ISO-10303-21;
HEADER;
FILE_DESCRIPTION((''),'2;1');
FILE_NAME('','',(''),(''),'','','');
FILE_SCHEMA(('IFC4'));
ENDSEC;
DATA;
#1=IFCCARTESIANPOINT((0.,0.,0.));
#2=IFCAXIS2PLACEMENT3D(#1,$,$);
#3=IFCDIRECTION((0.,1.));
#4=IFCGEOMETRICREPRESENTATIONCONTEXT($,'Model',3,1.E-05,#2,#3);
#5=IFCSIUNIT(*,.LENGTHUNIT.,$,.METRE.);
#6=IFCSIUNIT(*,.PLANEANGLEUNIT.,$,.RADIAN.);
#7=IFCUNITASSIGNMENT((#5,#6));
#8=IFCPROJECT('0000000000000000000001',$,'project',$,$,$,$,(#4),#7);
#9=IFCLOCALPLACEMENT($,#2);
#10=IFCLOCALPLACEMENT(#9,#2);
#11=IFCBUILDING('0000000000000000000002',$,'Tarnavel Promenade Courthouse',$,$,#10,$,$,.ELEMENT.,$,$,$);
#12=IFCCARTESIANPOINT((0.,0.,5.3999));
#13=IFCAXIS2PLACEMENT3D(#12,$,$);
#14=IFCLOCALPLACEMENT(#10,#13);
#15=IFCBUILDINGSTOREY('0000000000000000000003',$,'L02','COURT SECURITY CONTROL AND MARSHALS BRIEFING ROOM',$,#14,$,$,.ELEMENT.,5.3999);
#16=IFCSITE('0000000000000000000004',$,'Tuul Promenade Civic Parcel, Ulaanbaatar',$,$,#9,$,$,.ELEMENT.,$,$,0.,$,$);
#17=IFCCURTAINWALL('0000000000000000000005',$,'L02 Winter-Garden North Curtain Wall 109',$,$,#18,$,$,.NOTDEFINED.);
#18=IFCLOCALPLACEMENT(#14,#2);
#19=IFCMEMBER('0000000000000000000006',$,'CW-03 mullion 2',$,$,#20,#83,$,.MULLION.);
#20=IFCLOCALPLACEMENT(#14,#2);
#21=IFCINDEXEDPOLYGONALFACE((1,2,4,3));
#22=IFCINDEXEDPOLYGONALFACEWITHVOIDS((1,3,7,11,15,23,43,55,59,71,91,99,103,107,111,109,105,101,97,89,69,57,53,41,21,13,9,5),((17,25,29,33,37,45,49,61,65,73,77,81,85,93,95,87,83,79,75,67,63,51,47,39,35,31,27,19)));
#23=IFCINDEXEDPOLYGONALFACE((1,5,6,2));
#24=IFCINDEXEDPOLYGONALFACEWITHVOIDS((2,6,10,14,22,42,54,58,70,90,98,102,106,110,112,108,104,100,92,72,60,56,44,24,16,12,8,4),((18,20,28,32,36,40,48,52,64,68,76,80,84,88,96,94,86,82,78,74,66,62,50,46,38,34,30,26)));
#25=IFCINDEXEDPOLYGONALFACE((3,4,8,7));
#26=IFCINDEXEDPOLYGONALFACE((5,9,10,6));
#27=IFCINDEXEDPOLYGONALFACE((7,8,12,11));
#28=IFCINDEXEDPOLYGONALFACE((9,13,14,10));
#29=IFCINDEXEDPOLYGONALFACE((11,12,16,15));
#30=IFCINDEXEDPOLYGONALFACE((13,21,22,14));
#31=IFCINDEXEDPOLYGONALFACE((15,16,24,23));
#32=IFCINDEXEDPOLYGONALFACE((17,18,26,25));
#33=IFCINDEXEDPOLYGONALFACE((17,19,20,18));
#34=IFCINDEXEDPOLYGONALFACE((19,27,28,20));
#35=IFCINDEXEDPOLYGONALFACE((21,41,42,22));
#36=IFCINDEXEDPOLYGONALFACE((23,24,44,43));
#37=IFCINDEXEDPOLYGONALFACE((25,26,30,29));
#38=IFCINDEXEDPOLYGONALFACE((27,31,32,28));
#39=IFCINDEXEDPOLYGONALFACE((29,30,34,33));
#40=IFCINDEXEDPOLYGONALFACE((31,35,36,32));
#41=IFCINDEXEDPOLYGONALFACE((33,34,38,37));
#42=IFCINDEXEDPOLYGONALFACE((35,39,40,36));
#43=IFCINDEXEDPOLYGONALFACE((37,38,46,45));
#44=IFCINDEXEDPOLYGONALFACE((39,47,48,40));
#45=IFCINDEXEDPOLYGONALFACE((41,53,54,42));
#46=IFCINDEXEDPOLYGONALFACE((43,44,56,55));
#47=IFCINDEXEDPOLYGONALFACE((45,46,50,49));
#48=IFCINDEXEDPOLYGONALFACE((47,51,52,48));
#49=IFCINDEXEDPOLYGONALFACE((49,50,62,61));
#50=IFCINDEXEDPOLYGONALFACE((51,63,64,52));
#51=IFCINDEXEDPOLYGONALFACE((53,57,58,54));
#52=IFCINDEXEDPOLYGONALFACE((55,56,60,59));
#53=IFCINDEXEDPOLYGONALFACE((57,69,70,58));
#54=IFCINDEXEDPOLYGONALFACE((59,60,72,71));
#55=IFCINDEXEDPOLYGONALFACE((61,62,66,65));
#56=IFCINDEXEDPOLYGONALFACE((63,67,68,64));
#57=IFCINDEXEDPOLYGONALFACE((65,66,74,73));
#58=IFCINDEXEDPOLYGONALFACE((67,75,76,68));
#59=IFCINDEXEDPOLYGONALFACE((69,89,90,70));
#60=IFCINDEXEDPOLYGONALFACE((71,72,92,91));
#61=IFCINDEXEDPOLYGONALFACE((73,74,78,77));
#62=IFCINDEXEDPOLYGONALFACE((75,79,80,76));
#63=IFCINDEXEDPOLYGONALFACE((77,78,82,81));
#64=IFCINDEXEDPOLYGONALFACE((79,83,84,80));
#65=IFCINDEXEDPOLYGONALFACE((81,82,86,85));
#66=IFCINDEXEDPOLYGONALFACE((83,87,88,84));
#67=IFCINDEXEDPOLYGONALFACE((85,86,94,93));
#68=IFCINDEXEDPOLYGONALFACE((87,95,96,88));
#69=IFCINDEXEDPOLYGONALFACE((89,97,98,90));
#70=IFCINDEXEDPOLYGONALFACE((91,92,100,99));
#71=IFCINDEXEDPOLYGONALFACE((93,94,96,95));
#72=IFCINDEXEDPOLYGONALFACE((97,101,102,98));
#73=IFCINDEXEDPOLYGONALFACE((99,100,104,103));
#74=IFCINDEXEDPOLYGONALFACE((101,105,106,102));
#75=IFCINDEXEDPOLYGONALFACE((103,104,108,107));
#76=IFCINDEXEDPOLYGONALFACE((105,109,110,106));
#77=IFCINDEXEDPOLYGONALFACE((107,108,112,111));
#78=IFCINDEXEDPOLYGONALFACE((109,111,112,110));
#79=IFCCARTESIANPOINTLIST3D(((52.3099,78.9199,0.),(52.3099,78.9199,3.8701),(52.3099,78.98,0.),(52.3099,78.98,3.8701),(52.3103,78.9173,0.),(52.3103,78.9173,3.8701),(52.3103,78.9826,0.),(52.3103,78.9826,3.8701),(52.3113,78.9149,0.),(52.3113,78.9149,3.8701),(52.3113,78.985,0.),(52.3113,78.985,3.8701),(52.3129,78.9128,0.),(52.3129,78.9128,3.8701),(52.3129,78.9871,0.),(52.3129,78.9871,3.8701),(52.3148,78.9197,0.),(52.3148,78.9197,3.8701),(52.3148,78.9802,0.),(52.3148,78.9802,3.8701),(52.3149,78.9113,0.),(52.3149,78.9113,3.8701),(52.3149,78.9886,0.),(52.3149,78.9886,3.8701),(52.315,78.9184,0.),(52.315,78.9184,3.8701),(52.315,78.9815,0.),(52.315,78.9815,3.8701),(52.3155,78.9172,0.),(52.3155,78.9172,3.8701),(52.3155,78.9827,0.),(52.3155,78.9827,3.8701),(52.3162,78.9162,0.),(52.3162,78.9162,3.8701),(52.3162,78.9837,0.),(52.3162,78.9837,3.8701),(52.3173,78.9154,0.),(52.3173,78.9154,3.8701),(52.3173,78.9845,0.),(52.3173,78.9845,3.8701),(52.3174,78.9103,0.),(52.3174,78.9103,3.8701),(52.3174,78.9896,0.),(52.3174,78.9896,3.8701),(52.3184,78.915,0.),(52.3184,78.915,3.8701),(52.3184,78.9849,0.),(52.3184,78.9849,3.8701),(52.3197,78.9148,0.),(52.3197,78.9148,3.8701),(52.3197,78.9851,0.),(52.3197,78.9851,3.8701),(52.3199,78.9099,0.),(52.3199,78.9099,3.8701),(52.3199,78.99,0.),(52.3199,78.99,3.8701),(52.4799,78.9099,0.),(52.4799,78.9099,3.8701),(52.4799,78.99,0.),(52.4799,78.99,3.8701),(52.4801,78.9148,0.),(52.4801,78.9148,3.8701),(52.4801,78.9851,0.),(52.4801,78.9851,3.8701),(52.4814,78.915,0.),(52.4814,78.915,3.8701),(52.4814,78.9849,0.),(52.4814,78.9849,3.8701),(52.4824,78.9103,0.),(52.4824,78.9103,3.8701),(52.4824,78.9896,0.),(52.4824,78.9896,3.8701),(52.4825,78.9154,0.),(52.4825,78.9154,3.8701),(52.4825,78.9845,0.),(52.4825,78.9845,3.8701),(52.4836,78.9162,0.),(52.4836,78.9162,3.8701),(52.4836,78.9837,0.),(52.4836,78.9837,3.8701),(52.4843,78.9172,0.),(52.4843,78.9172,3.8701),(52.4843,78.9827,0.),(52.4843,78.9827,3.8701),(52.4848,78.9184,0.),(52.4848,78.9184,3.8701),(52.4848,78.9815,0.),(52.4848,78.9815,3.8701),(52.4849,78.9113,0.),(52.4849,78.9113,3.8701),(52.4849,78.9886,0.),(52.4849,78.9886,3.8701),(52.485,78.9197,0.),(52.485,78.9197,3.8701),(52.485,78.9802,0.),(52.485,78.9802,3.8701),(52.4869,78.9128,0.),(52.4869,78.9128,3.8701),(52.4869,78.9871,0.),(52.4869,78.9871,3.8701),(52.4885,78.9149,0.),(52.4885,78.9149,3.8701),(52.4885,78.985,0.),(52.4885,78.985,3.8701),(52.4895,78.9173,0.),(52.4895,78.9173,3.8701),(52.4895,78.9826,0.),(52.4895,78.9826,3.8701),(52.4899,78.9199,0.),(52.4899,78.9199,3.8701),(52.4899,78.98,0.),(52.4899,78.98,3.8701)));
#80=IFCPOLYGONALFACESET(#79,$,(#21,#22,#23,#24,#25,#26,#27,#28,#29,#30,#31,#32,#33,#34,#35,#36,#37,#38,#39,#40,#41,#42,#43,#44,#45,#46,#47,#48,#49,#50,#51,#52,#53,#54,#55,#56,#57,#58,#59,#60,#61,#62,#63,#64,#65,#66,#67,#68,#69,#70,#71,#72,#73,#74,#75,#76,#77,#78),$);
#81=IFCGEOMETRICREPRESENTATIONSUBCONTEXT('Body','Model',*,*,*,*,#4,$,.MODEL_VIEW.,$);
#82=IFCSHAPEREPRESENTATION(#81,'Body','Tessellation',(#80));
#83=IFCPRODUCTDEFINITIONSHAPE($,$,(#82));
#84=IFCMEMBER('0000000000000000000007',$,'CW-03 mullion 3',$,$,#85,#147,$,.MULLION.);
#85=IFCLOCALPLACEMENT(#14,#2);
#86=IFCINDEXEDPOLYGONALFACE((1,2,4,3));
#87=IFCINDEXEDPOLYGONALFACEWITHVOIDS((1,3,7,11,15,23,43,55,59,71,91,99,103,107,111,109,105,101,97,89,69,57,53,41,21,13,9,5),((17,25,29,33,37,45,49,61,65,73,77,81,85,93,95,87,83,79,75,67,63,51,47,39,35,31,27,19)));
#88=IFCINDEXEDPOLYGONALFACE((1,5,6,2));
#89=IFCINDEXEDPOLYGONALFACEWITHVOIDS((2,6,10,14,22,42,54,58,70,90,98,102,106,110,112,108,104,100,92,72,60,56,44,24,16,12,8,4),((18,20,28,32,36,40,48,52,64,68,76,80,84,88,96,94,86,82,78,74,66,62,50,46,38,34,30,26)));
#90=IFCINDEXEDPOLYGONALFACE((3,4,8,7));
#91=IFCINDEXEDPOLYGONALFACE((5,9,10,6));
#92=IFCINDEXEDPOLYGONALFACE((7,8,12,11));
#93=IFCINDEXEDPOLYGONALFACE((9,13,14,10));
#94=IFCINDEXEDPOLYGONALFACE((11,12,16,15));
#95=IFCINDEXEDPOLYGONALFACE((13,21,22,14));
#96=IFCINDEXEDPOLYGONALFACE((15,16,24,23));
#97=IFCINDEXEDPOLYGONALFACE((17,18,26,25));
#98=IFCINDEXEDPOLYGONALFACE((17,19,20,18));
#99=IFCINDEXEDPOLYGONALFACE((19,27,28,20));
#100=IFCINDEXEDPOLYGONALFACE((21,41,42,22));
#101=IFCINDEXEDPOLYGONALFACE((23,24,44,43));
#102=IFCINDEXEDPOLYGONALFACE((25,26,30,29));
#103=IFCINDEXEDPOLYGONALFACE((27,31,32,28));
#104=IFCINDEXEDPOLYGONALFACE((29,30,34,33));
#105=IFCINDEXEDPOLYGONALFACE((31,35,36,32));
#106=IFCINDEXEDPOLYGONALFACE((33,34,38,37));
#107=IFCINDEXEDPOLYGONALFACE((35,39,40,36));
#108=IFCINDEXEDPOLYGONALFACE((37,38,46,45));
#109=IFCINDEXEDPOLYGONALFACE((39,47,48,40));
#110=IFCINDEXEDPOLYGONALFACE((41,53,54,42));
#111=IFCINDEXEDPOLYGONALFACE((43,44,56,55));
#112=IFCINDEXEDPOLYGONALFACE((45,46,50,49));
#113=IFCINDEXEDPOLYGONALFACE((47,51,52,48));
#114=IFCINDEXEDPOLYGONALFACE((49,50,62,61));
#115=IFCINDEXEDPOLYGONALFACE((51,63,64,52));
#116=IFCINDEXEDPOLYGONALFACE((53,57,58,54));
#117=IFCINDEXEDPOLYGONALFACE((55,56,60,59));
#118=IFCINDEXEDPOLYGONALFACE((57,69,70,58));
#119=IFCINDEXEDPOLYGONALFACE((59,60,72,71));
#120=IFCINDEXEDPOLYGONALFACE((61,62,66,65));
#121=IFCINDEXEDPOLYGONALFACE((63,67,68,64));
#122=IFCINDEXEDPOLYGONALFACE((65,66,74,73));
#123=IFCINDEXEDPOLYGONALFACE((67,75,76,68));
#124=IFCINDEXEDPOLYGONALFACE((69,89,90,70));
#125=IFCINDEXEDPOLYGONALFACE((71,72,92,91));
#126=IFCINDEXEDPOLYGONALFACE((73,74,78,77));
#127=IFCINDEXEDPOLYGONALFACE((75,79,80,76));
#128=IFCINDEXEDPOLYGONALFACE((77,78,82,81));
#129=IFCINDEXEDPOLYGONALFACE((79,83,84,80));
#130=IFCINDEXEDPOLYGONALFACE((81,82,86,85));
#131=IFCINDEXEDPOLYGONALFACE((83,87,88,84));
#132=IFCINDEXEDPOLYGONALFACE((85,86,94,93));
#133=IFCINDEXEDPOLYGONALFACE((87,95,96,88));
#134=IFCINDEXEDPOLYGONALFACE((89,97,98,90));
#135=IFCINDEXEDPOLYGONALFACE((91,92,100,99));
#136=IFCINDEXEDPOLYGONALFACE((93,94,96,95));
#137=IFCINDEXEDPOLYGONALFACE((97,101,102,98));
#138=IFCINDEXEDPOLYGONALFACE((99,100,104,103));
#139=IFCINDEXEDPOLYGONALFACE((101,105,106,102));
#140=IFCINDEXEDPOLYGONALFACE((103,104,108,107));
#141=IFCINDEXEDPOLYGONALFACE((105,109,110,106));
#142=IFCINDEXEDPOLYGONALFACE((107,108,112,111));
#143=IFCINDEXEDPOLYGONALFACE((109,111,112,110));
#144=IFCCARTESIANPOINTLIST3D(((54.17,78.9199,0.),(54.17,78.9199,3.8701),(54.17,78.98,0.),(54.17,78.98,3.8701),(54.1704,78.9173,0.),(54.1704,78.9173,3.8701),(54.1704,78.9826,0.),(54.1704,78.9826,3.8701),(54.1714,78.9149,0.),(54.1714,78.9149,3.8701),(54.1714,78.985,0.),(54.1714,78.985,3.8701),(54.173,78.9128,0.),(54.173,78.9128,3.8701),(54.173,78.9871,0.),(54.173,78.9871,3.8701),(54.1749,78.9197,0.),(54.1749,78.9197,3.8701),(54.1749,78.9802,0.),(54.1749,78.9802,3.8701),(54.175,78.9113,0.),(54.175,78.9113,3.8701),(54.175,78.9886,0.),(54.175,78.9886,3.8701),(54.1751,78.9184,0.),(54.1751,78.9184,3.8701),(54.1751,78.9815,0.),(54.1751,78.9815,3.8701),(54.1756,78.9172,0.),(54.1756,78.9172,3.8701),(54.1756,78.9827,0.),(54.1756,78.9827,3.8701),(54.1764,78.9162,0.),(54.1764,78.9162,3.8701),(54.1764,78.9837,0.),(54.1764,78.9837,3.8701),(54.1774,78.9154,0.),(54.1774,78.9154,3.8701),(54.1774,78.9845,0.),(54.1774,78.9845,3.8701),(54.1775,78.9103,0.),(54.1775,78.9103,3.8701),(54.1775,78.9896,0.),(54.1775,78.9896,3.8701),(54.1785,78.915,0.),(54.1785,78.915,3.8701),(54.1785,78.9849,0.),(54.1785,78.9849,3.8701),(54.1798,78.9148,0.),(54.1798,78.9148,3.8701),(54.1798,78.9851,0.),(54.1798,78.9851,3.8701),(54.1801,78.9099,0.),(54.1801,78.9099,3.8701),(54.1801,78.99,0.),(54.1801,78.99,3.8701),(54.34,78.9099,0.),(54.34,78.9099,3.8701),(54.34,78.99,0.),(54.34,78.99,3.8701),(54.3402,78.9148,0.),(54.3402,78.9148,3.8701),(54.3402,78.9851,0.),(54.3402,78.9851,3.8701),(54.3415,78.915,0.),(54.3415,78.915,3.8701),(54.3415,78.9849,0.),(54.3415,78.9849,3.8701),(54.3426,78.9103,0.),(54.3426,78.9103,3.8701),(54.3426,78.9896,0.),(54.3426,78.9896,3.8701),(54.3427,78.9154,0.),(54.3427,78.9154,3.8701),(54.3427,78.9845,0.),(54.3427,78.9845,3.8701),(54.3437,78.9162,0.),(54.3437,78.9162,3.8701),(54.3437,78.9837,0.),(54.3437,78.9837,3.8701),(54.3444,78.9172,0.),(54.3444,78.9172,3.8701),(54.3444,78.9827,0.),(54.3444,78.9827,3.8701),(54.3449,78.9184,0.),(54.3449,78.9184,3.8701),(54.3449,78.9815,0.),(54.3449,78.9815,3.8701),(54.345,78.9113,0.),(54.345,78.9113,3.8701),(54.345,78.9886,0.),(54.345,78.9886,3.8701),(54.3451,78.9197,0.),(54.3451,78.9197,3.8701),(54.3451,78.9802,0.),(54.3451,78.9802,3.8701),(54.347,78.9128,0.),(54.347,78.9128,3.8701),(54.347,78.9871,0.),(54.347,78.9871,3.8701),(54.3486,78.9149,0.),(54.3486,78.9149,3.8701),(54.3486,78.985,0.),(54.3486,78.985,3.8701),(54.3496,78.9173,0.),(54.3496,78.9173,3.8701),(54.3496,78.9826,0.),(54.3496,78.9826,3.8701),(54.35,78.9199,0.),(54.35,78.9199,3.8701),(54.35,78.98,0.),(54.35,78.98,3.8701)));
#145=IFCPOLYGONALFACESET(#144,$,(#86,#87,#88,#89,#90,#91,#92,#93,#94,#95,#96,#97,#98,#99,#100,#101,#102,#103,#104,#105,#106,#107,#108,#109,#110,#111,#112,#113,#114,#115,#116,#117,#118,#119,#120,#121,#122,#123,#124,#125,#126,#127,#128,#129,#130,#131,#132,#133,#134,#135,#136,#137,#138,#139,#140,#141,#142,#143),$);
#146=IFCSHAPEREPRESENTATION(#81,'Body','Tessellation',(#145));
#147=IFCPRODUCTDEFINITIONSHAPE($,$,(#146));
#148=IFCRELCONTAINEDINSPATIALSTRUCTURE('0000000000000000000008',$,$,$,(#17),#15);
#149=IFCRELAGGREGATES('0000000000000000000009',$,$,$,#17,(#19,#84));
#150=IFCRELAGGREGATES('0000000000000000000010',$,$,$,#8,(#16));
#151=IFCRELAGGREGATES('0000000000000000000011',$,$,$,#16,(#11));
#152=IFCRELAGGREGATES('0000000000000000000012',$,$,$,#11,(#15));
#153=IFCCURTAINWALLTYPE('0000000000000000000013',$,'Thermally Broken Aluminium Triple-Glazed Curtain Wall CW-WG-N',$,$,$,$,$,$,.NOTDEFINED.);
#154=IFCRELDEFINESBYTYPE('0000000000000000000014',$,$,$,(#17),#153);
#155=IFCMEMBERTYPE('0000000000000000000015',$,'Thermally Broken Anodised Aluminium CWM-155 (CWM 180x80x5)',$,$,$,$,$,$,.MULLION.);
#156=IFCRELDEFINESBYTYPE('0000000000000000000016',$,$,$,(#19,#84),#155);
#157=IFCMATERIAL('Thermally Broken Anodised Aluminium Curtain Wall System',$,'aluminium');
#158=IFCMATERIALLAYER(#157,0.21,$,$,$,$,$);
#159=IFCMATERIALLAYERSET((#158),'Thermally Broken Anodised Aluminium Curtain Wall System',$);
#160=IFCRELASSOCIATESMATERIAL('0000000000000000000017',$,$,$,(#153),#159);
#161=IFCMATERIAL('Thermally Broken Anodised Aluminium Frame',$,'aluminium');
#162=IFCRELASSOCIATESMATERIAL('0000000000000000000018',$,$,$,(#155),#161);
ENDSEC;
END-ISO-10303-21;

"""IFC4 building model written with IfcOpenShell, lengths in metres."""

from ifc_helpers import new_model, si_unit, direction, frame, origin, origin_2d, place, context, subcontext, project, spatial, hollow_rectangle, extrude, material, layer, layer_set, material_profile, profile_set, type_object, element, aggregate, save


model = new_model("IFC4")

# Units and contexts
model_context = context("Model", 3, precision=1e-05, world=origin(), true_north=direction((0.0, 1.0)))
body_context = subcontext(model_context, "Body", "Model", "MODEL_VIEW")
ifc_project = project(units=[si_unit("LENGTHUNIT", "METRE"), si_unit("PLANEANGLEUNIT", "RADIAN")], contexts=[model_context])

# Site, building, storey
site_placement = place(None, origin())
site = spatial("IfcSite", under=ifc_project, at=site_placement, Name="Tuul Promenade Civic Parcel, Ulaanbaatar", CompositionType="ELEMENT", RefElevation=0.0)
building_placement = place(site_placement, origin())
building = spatial("IfcBuilding", under=site, at=building_placement, Name="Tarnavel Promenade Courthouse", CompositionType="ELEMENT")
storey_placement = place(building_placement, frame((0.0, 0.0, 5.3999)))
storey = spatial("IfcBuildingStorey", under=building, at=storey_placement, Name="L02", Description="COURT SECURITY CONTROL AND MARSHALS BRIEFING ROOM", CompositionType="ELEMENT", Elevation=5.3999)

# Shared definitions
ifc_material_1 = material(Name="Thermally Broken Anodised Aluminium Curtain Wall System", Category="aluminium")
ifc_layer_1 = layer(ifc_material_1, 0.21)
ifc_layer_set_1 = layer_set([ifc_layer_1], Name="Thermally Broken Anodised Aluminium Curtain Wall System")
curtain_wall_type = type_object("IfcCurtainWallType", Name="Thermally Broken Aluminium Triple-Glazed Curtain Wall CW-WG-N", PredefinedType="NOTDEFINED", material=ifc_layer_set_1)
ifc_material_2 = material(Name="Thermally Broken Anodised Aluminium Frame", Category="aluminium")
ifc_material_profile_1 = material_profile(ifc_material_2, hollow_rectangle(XDim=0.0801, YDim=0.1799, WallThickness=0.0049, InnerFilletRadius=0.0049, OuterFilletRadius=0.01, at=origin_2d()), Name="CWM 180x80x5")
ifc_profile_set_1 = profile_set([ifc_material_profile_1], Name="Thermally Broken Anodised Aluminium Frame")
member_type_1 = type_object("IfcMemberType", Name="Thermally Broken Anodised Aluminium CWM-155 (CWM 180x80x5)", PredefinedType="MULLION", material=ifc_profile_set_1)

# Curtain wall, members
curtain_wall_1_placement = place(storey_placement, origin())
curtain_wall_1 = element("IfcCurtainWall", 1, at=curtain_wall_1_placement, inside=storey, type_object=curtain_wall_type, Name="L02 Winter-Garden North Curtain Wall 109", PredefinedType="NOTDEFINED")
member_1_placement = place(storey_placement, frame((52.3999, 78.95, 0.0), z_axis=(0.0, 0.0, 1.0), x_axis=(0.0, 1.0, 0.0)))
member_1 = element("IfcMember", 2, at=member_1_placement, type_object=member_type_1, Name="CW-03 mullion 2", PredefinedType="MULLION", context=body_context, shape_type="SweptSolid", body=[
    extrude(hollow_rectangle(XDim=0.0801, YDim=0.1799, WallThickness=0.0049, InnerFilletRadius=0.0049, OuterFilletRadius=0.01, at=origin_2d()), origin(), (0.0, 0.0, 1.0), 3.8701),
])
member_2_placement = place(storey_placement, frame((54.26, 78.95, 0.0), z_axis=(0.0, 0.0, 1.0), x_axis=(0.0, 1.0, 0.0)))
member_2 = element("IfcMember", 3, at=member_2_placement, type_object=member_type_1, Name="CW-03 mullion 3", PredefinedType="MULLION", context=body_context, shape_type="SweptSolid", body=[
    extrude(hollow_rectangle(XDim=0.0801, YDim=0.1799, WallThickness=0.0049, InnerFilletRadius=0.0049, OuterFilletRadius=0.01, at=origin_2d()), origin(), (0.0, 0.0, 1.0), 3.8701),
])

aggregate(curtain_wall_1, [member_1, member_2])

save(model, "model.ifc")
